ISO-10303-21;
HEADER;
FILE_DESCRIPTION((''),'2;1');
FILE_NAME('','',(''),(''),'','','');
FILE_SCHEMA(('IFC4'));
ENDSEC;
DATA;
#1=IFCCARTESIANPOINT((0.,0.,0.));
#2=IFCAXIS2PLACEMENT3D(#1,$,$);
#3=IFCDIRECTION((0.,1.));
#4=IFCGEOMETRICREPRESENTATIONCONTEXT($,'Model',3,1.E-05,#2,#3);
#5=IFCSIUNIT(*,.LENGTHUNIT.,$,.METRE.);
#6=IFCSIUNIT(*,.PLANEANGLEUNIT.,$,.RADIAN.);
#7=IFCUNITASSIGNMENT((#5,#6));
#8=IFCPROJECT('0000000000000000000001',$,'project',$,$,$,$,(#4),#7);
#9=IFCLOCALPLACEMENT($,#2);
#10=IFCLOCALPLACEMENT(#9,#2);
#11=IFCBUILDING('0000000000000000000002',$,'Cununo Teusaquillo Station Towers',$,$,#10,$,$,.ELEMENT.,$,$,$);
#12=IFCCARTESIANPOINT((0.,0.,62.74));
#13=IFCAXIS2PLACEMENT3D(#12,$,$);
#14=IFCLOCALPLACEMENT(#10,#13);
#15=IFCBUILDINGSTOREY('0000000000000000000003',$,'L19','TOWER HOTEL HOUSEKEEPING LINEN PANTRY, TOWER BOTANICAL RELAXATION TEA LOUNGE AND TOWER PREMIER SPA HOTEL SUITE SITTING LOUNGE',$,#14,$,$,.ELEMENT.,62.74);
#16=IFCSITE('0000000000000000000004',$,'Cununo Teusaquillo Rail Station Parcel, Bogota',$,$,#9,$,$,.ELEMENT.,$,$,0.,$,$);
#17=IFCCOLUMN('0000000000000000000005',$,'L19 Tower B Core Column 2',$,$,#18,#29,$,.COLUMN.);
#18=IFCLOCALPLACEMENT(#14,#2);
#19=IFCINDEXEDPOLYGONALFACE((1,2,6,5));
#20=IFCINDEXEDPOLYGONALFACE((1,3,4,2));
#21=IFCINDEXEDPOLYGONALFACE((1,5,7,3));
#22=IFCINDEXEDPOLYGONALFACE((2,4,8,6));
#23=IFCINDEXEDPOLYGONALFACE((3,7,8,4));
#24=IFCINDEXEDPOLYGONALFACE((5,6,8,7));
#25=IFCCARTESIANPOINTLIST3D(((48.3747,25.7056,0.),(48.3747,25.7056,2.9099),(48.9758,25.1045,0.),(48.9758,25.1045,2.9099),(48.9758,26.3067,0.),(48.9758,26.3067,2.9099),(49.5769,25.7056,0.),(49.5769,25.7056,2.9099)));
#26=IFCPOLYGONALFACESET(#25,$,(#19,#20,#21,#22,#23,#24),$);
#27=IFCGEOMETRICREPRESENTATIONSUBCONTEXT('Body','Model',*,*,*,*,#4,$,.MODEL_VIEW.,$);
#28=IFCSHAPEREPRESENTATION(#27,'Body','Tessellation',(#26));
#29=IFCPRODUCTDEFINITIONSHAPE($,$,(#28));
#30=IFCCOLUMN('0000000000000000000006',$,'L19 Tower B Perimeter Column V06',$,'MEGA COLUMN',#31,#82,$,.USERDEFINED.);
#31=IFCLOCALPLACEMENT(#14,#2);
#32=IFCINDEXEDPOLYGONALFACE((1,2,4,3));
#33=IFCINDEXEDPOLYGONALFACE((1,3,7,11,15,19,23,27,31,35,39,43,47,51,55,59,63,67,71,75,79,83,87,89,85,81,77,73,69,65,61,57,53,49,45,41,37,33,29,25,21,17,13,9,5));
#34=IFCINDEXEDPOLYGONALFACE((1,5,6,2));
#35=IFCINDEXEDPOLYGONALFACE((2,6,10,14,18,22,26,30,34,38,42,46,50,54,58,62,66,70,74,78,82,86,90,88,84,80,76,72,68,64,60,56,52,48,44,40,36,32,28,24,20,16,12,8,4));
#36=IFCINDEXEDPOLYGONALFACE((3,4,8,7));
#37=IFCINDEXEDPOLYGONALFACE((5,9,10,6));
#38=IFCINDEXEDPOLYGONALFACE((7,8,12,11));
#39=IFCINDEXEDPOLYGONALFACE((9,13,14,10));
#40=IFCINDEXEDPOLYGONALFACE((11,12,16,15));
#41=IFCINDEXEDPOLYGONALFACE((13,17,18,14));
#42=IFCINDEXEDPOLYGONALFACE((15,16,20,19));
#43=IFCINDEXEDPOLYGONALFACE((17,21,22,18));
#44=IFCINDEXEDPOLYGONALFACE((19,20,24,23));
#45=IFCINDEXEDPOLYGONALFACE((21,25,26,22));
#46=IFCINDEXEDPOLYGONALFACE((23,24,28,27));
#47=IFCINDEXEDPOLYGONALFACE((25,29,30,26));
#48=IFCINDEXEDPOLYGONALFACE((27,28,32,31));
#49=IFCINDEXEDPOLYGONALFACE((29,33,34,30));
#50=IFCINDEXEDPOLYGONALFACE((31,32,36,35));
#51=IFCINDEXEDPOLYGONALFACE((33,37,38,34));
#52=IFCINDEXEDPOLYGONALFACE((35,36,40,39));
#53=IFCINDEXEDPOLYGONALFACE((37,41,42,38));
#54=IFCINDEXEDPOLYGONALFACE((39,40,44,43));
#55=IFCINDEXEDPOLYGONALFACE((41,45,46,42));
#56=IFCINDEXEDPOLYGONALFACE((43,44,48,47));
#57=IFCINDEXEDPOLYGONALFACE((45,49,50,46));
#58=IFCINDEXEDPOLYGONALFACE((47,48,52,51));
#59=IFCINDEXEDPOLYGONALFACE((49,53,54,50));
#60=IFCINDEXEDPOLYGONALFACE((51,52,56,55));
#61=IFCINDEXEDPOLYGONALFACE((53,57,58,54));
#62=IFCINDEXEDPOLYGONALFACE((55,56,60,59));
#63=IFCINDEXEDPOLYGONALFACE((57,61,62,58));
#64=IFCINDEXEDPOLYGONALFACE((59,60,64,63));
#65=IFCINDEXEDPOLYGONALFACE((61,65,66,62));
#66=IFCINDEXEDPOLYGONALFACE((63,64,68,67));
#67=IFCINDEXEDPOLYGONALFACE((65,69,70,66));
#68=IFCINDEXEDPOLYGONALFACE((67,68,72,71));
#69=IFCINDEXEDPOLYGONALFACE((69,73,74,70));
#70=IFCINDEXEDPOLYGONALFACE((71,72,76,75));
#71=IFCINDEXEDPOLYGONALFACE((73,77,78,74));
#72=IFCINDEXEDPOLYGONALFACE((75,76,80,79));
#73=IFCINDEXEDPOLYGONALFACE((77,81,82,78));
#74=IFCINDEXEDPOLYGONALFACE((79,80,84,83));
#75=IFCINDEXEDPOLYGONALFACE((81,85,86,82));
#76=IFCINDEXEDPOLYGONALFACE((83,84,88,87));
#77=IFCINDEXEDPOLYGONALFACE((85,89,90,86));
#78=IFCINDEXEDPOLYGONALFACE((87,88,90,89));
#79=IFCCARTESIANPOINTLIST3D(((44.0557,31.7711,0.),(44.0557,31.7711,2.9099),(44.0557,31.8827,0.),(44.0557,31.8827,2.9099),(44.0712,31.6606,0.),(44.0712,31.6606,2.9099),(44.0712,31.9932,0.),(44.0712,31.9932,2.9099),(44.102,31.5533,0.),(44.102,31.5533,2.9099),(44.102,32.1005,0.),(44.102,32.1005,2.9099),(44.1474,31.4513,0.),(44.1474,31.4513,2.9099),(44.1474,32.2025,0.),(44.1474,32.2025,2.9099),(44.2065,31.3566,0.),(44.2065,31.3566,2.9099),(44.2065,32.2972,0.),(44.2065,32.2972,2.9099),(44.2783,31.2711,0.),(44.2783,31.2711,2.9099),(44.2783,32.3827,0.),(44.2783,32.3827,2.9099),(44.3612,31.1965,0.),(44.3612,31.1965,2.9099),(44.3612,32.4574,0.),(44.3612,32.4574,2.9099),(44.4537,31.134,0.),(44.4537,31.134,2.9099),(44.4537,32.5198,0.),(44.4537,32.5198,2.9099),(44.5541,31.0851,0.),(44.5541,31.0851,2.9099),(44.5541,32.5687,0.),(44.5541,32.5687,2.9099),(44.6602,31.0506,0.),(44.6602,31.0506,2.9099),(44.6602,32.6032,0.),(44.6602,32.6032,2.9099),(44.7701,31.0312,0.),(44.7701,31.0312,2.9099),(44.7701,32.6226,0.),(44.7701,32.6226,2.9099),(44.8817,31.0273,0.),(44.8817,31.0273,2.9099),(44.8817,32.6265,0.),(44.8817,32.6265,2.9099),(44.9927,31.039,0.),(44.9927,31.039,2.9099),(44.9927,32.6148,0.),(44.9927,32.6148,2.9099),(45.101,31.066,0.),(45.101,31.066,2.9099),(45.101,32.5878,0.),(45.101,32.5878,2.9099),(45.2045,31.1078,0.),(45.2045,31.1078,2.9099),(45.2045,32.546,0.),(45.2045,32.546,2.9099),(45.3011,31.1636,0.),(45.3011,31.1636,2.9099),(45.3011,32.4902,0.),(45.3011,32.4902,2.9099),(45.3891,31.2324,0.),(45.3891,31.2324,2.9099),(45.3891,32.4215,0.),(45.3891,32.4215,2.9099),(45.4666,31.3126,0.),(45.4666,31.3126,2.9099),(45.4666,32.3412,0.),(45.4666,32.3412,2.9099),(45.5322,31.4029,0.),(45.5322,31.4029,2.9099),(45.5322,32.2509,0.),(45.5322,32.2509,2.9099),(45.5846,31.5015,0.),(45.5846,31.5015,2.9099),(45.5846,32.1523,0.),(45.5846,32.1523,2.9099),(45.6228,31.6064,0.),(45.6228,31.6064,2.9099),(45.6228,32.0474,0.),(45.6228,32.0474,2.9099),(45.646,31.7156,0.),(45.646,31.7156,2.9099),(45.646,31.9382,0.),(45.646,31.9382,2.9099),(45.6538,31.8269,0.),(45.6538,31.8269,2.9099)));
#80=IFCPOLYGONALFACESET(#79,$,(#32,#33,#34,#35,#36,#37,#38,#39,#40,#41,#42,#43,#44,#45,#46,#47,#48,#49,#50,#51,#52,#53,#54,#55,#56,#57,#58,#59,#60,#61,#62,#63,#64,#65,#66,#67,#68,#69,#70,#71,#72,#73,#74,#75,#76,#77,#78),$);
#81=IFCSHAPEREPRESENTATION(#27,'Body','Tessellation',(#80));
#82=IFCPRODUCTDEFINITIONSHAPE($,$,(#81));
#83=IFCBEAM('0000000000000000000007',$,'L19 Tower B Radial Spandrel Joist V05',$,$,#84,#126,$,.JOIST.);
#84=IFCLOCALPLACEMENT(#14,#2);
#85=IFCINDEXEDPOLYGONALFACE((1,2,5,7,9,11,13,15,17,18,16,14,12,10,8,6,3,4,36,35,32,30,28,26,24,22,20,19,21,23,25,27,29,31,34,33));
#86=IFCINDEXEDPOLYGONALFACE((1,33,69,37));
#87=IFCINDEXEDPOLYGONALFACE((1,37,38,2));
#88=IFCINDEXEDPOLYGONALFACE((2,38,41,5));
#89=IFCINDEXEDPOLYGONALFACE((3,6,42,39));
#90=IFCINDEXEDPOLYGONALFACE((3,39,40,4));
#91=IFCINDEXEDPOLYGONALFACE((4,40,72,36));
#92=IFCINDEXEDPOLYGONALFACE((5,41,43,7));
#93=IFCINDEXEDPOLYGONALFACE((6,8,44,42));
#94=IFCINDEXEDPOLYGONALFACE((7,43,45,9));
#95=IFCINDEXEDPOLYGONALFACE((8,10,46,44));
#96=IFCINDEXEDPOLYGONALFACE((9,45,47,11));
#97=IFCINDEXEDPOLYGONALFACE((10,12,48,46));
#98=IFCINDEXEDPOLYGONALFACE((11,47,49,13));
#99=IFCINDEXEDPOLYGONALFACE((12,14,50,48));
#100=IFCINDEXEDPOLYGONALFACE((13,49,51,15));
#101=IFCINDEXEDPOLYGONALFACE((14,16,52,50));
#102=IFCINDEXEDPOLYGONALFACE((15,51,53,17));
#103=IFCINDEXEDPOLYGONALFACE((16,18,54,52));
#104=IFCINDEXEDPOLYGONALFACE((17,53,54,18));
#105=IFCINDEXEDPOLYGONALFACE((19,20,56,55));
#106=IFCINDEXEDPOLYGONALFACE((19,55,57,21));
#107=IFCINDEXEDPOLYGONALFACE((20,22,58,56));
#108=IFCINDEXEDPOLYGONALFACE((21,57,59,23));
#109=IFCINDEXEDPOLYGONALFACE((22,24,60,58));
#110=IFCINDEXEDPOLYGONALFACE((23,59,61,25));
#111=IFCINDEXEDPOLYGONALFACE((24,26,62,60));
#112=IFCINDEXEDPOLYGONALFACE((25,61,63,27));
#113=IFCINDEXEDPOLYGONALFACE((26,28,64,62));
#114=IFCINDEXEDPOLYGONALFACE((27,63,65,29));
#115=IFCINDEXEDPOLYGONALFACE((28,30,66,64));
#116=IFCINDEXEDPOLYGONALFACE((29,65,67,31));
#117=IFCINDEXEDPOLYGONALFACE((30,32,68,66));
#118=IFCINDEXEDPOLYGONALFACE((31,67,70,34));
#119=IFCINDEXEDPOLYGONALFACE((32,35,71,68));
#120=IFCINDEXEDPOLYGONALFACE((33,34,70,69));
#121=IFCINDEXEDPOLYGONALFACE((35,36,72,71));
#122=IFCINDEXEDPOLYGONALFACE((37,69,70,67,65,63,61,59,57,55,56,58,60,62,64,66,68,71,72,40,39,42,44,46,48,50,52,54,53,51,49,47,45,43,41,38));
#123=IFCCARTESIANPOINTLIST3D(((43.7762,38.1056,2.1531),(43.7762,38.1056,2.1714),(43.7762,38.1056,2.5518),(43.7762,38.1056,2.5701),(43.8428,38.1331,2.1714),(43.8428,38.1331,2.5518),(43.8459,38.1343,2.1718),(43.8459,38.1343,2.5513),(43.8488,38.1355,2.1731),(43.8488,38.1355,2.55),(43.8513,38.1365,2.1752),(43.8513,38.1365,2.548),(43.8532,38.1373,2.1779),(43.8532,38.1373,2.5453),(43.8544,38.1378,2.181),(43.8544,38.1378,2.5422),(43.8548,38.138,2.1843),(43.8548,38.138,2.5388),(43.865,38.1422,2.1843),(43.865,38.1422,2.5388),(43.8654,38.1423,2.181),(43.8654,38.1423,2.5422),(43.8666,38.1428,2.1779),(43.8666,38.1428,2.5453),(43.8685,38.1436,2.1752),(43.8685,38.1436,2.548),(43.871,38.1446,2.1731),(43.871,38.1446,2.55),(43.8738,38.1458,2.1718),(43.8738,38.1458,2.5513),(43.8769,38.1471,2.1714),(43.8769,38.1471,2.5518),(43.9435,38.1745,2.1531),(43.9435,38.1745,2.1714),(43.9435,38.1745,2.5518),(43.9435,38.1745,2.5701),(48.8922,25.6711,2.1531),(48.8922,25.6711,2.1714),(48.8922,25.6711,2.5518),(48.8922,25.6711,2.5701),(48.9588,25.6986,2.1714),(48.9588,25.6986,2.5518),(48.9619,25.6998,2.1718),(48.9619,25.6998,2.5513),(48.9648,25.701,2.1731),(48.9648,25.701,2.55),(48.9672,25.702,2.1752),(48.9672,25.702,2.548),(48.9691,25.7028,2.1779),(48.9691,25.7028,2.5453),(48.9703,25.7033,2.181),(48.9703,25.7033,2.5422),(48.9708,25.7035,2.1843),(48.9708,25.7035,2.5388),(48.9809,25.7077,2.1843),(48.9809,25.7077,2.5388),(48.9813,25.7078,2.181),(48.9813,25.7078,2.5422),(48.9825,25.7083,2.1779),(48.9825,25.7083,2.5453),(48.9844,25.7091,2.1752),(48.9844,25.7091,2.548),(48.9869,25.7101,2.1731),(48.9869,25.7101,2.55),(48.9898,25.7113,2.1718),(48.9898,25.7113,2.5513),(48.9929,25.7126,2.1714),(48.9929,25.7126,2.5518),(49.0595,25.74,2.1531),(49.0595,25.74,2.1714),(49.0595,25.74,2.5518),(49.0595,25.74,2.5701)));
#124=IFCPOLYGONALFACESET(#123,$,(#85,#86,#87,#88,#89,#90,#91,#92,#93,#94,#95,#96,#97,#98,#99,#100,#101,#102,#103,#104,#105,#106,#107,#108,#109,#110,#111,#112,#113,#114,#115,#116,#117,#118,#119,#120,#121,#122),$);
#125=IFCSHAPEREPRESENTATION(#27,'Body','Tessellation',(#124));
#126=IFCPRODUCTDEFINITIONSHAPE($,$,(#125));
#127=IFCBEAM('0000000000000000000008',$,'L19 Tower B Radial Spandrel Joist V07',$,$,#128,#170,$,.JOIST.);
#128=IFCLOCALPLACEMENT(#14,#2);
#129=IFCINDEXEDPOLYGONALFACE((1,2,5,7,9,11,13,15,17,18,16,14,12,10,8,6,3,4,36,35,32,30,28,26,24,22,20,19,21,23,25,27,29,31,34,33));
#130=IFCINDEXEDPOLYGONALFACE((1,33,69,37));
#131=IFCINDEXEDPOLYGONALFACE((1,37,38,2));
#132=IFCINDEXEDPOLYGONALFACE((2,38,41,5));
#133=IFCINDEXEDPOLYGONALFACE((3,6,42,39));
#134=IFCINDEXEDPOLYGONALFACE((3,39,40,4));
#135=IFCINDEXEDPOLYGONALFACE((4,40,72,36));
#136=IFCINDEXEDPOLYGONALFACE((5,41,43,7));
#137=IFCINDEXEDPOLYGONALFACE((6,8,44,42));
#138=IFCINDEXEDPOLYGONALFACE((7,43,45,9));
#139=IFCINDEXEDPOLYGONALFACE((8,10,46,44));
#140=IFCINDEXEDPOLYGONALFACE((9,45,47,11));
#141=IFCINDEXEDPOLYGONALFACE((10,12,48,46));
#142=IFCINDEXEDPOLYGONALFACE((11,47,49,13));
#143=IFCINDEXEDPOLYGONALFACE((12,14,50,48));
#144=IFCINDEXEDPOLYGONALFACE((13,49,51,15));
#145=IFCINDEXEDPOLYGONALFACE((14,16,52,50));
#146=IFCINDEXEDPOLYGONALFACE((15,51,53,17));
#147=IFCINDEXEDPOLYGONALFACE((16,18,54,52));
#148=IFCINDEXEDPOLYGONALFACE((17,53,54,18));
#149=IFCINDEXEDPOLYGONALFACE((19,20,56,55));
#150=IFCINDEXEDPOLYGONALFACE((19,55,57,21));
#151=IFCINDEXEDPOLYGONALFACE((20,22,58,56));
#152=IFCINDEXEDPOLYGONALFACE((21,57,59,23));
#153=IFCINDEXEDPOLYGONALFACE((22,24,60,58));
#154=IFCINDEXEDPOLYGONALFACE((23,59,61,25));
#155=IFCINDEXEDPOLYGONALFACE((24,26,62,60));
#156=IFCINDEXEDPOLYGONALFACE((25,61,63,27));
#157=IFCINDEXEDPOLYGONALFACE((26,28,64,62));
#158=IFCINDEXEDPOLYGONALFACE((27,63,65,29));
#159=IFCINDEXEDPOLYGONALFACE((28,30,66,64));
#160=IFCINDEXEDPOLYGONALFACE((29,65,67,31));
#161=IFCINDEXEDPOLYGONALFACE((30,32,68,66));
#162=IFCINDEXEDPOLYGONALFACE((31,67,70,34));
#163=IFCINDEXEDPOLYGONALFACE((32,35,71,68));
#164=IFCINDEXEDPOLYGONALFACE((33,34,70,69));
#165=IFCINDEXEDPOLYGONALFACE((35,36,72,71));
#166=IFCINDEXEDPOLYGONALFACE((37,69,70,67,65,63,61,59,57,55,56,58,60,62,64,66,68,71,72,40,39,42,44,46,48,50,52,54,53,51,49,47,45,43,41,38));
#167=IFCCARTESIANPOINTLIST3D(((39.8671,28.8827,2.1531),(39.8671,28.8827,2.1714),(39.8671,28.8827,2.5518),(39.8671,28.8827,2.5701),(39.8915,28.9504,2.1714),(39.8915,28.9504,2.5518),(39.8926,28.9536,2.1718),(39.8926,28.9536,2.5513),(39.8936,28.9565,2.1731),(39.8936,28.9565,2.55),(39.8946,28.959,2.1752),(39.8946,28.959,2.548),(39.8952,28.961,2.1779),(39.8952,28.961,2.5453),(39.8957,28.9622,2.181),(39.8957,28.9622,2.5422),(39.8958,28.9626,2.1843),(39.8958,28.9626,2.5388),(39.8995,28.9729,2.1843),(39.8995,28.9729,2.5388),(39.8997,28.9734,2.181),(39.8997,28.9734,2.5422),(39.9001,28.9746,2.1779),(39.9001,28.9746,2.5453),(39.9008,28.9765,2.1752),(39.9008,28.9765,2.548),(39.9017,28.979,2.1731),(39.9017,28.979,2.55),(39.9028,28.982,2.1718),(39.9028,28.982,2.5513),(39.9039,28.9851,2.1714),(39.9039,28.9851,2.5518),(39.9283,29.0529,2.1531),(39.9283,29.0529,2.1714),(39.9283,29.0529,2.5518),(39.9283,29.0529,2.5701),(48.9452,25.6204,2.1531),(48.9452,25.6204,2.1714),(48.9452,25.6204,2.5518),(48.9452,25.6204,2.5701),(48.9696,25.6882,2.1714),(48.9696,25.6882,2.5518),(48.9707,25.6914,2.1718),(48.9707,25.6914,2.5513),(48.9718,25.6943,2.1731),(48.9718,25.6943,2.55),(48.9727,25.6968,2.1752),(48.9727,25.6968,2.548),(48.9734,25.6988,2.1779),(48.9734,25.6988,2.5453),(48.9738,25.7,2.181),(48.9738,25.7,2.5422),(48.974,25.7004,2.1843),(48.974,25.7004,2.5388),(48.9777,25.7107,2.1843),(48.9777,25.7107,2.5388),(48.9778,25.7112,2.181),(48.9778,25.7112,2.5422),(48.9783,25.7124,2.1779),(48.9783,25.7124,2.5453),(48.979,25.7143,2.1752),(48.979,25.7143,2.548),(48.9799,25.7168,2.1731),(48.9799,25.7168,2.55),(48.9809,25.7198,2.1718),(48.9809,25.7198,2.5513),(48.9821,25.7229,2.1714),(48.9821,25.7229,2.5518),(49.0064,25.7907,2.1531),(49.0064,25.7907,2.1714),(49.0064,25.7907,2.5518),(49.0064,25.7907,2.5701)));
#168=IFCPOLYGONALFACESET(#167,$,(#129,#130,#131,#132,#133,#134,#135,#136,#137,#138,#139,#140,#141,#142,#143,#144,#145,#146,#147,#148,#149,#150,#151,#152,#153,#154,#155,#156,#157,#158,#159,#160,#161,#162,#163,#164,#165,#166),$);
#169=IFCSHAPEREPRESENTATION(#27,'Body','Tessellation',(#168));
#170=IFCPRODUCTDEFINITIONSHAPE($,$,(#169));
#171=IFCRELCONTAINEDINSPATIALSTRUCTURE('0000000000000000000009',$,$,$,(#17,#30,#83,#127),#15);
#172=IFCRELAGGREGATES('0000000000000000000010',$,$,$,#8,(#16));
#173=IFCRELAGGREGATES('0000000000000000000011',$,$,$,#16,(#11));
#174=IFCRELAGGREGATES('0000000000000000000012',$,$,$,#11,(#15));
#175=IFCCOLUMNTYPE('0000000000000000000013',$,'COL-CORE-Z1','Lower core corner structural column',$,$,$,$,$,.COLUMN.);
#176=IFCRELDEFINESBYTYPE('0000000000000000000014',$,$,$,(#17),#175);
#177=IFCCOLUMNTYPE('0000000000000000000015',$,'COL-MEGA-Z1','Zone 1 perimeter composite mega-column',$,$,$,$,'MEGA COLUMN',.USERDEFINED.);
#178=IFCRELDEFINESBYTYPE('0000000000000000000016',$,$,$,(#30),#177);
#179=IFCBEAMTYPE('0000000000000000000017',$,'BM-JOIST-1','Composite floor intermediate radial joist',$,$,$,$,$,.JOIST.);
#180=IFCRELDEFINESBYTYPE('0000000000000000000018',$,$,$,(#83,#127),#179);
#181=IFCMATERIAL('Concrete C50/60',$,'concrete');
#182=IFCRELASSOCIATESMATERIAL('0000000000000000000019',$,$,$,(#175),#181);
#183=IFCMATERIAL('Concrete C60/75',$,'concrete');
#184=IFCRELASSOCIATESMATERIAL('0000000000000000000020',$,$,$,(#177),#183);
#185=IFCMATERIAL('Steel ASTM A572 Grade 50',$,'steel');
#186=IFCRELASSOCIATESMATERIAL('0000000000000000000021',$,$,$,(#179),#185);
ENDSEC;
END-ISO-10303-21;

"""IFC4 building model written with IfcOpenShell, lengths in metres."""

from ifc_helpers import new_model, si_unit, direction, frame, origin, origin_2d, place, context, subcontext, project, spatial, rectangle, circle, i_section, extrude, material, material_profile, profile_set, type_object, element, save


model = new_model("IFC4")

# Units and contexts
model_context = context("Model", 3, precision=1e-05, world=origin(), true_north=direction((0.0, 1.0)))
body_context = subcontext(model_context, "Body", "Model", "MODEL_VIEW")
ifc_project = project(units=[si_unit("LENGTHUNIT", "METRE"), si_unit("PLANEANGLEUNIT", "RADIAN")], contexts=[model_context])

# Site, building, storey
site_placement = place(None, origin())
site = spatial("IfcSite", under=ifc_project, at=site_placement, Name="Cununo Teusaquillo Rail Station Parcel, Bogota", CompositionType="ELEMENT", RefElevation=0.0)
building_placement = place(site_placement, origin())
building = spatial("IfcBuilding", under=site, at=building_placement, Name="Cununo Teusaquillo Station Towers", CompositionType="ELEMENT")
storey_placement = place(building_placement, frame((0.0, 0.0, 62.74)))
storey = spatial("IfcBuildingStorey", under=building, at=storey_placement, Name="L19", Description="TOWER HOTEL HOUSEKEEPING LINEN PANTRY, TOWER BOTANICAL RELAXATION TEA LOUNGE AND TOWER PREMIER SPA HOTEL SUITE SITTING LOUNGE", CompositionType="ELEMENT", Elevation=62.74)

# Columns
ifc_material_1 = material(Name="Concrete C50/60", Category="concrete")
ifc_material_profile_1 = material_profile(ifc_material_1, rectangle(XDim=0.8501, YDim=0.8501, at=origin_2d()), Name="RC-RECT-850x850")
ifc_profile_set_1 = profile_set([ifc_material_profile_1], Name="Concrete C50/60")
column_type_1 = type_object("IfcColumnType", Name="COL-CORE-Z1", Description="Lower core corner structural column", PredefinedType="COLUMN", material=ifc_profile_set_1)
column_1_placement = place(storey_placement, frame((48.9758, 25.7056, 0.0), z_axis=(0.0, 0.0, 1.0), x_axis=(0.707107, 0.707107, 0.0)))
element("IfcColumn", 1, at=column_1_placement, inside=storey, type_object=column_type_1, Name="L19 Tower B Core Column 2", PredefinedType="COLUMN", context=body_context, shape_type="SweptSolid", body=[
    extrude(rectangle(XDim=0.8501, YDim=0.8501, at=origin_2d()), origin(), (0.0, 0.0, 1.0), 2.9099),
])
ifc_material_2 = material(Name="Concrete C60/75", Category="concrete")
ifc_material_profile_2 = material_profile(ifc_material_2, circle(Radius=0.8, at=origin_2d()), Name="RC-CIRC-1600")
ifc_profile_set_2 = profile_set([ifc_material_profile_2], Name="Concrete C60/75")
column_type_2 = type_object("IfcColumnType", Name="COL-MEGA-Z1", Description="Zone 1 perimeter composite mega-column", ElementType="MEGA COLUMN", PredefinedType="USERDEFINED", material=ifc_profile_set_2)
column_2_placement = place(storey_placement, frame((44.8538, 31.8269, 0.0), z_axis=(0.0, 0.0, 1.0), x_axis=(1.0, 0.0, 0.0)))
element("IfcColumn", 2, at=column_2_placement, inside=storey, type_object=column_type_2, Name="L19 Tower B Perimeter Column V06", ObjectType="MEGA COLUMN", PredefinedType="USERDEFINED", context=body_context, shape_type="SweptSolid", body=[
    extrude(circle(Radius=0.8, at=origin_2d()), origin(), (0.0, 0.0, 1.0), 2.9099),
])

# Beams
ifc_material_3 = material(Name="Steel ASTM A572 Grade 50", Category="steel")
ifc_material_profile_3 = material_profile(ifc_material_3, i_section(OverallWidth=0.1809, OverallDepth=0.417, WebThickness=0.011, FlangeThickness=0.0183, FilletRadius=0.0129, at=origin_2d()), Name="W16X57")
ifc_profile_set_3 = profile_set([ifc_material_profile_3], Name="Steel ASTM A572 Grade 50")
beam_type_1 = type_object("IfcBeamType", Name="BM-JOIST-1", Description="Composite floor intermediate radial joist", PredefinedType="JOIST", material=ifc_profile_set_3)
beam_1_placement = place(storey_placement, frame((48.9758, 25.7056, 2.3616), z_axis=(-0.380486, 0.924787, 0.0), x_axis=(-0.924787, -0.380486, 0.0)))
element("IfcBeam", 3, at=beam_1_placement, inside=storey, type_object=beam_type_1, Name="L19 Tower B Radial Spandrel Joist V05", PredefinedType="JOIST", context=body_context, shape_type="SweptSolid", body=[
    extrude(i_section(OverallWidth=0.1809, OverallDepth=0.417, WebThickness=0.011, FlangeThickness=0.0183, FilletRadius=0.0129, at=origin_2d()), origin(), (0.0, 0.0, 1.0), 13.4458),
])
beam_2_placement = place(storey_placement, frame((48.9758, 25.7056, 2.3616), z_axis=(-0.941083, 0.338176, 0.0), x_axis=(-0.338176, -0.941083, 0.0)))
element("IfcBeam", 4, at=beam_2_placement, inside=storey, type_object=beam_type_1, Name="L19 Tower B Radial Spandrel Joist V07", PredefinedType="JOIST", context=body_context, shape_type="SweptSolid", body=[
    extrude(i_section(OverallWidth=0.1809, OverallDepth=0.417, WebThickness=0.011, FlangeThickness=0.0183, FilletRadius=0.0129, at=origin_2d()), origin(), (0.0, 0.0, 1.0), 9.6465),
])

save(model, "model.ifc")
